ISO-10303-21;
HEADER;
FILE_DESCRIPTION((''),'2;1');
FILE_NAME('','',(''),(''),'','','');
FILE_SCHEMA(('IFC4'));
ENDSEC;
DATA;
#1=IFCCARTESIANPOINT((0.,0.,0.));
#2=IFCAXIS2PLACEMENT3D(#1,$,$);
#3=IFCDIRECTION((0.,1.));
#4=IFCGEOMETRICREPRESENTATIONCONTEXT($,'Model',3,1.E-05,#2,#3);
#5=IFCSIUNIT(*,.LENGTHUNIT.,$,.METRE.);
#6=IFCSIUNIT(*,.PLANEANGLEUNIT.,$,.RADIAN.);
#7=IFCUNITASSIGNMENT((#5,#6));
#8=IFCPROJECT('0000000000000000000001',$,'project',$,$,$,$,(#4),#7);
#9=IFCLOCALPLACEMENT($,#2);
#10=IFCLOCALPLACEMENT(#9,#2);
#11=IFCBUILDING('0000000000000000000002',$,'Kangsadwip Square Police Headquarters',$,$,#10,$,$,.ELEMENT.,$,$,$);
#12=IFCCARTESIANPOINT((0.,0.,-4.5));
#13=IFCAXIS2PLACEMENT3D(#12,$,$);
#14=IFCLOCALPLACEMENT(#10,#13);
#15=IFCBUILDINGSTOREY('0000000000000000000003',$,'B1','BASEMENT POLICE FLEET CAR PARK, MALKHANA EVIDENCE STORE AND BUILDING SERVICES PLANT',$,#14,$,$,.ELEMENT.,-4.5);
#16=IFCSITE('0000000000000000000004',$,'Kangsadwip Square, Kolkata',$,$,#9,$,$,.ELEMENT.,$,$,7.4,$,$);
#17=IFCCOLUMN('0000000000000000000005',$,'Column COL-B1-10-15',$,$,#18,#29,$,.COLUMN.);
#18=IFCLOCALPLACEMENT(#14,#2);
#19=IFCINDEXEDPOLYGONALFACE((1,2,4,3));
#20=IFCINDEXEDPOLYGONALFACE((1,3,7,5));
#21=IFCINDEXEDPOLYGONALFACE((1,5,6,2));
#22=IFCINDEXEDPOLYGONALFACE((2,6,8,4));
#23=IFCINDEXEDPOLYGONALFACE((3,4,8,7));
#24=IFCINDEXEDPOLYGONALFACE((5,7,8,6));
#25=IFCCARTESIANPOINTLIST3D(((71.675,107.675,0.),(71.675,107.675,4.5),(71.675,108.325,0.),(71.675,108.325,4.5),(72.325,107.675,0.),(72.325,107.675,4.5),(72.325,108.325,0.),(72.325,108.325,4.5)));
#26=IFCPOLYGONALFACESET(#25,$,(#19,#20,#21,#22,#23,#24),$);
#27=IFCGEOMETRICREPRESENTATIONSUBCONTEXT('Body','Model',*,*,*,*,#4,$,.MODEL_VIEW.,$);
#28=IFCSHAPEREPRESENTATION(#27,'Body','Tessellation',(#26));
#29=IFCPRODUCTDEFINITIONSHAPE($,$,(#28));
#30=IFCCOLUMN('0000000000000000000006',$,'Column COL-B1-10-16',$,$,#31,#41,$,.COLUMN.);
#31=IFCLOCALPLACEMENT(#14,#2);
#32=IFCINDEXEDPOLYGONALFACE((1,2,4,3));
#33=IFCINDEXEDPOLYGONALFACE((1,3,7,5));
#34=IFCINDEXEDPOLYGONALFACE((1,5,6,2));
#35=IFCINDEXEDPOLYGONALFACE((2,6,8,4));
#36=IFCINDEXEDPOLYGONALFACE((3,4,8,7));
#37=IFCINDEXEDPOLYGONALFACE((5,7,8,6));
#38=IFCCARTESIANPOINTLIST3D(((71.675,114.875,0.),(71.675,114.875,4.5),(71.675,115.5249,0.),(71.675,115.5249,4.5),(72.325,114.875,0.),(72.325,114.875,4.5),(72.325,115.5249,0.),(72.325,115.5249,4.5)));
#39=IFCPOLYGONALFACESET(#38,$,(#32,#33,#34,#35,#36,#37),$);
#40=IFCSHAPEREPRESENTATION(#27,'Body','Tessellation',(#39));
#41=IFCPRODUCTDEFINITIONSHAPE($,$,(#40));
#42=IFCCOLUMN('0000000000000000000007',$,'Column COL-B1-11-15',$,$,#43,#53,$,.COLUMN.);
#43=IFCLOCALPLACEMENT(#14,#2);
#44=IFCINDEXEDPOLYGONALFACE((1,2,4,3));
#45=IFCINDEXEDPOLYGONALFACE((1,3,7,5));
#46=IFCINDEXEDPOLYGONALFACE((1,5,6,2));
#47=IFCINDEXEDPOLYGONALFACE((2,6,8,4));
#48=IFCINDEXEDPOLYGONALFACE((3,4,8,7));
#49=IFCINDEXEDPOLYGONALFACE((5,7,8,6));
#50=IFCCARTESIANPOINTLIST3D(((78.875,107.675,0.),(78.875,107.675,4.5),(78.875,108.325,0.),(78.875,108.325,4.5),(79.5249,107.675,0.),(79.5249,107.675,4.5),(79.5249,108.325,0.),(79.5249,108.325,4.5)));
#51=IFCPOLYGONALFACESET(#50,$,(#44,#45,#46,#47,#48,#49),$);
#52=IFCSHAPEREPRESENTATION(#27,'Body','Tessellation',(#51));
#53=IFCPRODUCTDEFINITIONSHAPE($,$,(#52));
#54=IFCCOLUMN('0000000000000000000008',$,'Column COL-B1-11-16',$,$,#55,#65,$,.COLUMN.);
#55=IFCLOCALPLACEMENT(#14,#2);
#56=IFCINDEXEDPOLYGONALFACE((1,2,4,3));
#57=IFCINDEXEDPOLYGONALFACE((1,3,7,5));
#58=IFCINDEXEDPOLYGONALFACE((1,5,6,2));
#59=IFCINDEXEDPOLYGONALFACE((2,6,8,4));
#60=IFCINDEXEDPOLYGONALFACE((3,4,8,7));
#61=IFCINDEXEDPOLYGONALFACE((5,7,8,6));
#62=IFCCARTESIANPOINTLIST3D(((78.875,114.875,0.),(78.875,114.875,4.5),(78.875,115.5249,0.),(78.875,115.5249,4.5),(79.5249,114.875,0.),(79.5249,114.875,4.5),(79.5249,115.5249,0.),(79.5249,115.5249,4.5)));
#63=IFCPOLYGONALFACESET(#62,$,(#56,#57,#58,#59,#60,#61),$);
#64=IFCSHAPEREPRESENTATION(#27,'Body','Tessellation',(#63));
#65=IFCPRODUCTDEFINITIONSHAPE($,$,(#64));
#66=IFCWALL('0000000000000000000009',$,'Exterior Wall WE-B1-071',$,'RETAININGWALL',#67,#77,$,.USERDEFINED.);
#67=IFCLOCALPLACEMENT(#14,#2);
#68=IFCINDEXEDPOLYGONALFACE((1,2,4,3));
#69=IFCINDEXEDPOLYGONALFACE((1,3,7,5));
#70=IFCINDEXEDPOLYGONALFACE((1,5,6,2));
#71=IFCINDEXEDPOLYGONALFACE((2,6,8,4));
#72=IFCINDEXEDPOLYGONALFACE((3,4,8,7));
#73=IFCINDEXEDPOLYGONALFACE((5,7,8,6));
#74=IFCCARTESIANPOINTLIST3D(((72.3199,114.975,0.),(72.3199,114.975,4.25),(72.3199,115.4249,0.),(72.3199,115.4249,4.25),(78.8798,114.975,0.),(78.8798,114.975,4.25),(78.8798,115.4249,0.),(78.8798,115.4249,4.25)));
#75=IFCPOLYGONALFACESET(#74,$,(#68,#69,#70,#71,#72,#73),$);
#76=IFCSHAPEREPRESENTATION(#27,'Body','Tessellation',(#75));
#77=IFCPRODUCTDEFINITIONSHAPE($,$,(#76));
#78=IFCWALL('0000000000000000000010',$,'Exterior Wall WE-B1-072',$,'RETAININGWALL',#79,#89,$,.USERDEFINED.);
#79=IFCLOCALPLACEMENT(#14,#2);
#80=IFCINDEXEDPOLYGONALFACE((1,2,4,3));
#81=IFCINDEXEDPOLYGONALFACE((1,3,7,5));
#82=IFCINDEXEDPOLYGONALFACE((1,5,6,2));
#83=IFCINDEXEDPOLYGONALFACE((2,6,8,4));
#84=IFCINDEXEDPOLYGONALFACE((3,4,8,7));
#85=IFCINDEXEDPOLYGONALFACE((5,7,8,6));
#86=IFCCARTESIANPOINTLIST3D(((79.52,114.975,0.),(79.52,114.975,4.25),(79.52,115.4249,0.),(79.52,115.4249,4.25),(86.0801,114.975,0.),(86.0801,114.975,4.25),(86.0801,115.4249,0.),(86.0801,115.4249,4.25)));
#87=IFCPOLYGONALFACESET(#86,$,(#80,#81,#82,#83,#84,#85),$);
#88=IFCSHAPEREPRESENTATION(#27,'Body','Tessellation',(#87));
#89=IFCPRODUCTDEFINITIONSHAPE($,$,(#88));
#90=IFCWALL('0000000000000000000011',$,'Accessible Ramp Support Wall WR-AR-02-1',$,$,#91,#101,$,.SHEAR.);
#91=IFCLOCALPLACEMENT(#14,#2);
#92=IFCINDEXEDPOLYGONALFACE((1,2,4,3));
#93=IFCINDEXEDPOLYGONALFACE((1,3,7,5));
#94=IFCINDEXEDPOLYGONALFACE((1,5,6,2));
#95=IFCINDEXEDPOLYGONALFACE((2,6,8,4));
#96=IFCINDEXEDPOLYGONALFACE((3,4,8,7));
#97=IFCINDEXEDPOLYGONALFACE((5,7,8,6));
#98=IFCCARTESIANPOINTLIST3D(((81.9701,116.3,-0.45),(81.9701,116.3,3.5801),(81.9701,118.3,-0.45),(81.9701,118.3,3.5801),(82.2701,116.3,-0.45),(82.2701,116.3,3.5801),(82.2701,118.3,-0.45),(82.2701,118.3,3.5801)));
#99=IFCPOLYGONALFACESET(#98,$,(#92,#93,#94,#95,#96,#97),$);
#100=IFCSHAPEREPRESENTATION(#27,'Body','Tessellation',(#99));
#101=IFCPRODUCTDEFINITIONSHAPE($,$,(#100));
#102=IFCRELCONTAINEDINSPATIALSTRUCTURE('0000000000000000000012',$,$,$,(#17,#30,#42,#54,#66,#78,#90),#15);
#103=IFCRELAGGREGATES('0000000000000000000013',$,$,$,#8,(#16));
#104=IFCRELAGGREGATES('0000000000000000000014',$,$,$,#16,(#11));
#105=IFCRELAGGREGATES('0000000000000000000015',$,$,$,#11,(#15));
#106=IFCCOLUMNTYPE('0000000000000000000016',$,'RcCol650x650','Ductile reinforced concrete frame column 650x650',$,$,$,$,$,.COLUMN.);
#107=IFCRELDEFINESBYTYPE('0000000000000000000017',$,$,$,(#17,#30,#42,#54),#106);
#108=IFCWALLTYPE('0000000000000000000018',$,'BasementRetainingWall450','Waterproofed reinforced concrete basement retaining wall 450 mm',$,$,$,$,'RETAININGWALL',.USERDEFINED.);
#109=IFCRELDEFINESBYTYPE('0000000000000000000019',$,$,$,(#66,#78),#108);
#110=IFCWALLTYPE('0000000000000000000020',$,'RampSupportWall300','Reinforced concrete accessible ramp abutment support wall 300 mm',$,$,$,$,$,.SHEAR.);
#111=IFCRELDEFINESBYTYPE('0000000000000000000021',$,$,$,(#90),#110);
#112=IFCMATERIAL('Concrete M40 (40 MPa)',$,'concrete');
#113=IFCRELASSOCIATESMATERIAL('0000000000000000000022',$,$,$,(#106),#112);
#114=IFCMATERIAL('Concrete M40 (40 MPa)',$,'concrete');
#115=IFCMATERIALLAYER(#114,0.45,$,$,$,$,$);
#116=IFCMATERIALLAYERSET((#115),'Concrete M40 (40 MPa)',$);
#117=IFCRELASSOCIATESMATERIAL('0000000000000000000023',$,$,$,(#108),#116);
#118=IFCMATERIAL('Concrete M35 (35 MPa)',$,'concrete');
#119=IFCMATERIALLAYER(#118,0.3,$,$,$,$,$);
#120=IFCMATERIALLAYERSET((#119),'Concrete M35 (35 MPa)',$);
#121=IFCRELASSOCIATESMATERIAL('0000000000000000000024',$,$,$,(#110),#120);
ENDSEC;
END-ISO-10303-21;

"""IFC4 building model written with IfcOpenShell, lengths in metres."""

from ifc_helpers import new_model, si_unit, direction, frame, frame_2d, origin, origin_2d, place, context, subcontext, project, spatial, rectangle, extrude, material, layer, layer_set, material_profile, profile_set, type_object, element, save


model = new_model("IFC4")

# Units and contexts
model_context = context("Model", 3, precision=1e-05, world=origin(), true_north=direction((0.0, 1.0)))
body_context = subcontext(model_context, "Body", "Model", "MODEL_VIEW")
ifc_project = project(units=[si_unit("LENGTHUNIT", "METRE"), si_unit("PLANEANGLEUNIT", "RADIAN")], contexts=[model_context])

# Site, building, storey
site_placement = place(None, origin())
site = spatial("IfcSite", under=ifc_project, at=site_placement, Name="Kangsadwip Square, Kolkata", CompositionType="ELEMENT", RefElevation=7.4)
building_placement = place(site_placement, origin())
building = spatial("IfcBuilding", under=site, at=building_placement, Name="Kangsadwip Square Police Headquarters", CompositionType="ELEMENT")
storey_placement = place(building_placement, frame((0.0, 0.0, -4.5)))
storey = spatial("IfcBuildingStorey", under=building, at=storey_placement, Name="B1", Description="BASEMENT POLICE FLEET CAR PARK, MALKHANA EVIDENCE STORE AND BUILDING SERVICES PLANT", CompositionType="ELEMENT", Elevation=-4.5)

# Columns
ifc_material_1 = material(Name="Concrete M40 (40 MPa)", Category="concrete")
ifc_material_profile_1 = material_profile(ifc_material_1, rectangle(XDim=0.6499, YDim=0.6499, at=origin_2d()), Name="RC COL 650X650")
ifc_profile_set_1 = profile_set([ifc_material_profile_1], Name="Concrete M40 (40 MPa)")
column_type = type_object("IfcColumnType", Name="RcCol650x650", Description="Ductile reinforced concrete frame column 650x650", PredefinedType="COLUMN", material=ifc_profile_set_1)
for number, where, z_axis, x_axis, name in (
    (1, (72.0, 108.0, 0.0), (0.0, 0.0, 1.0), (1.0, 0.0, 0.0), "Column COL-B1-10-15"),
    (2, (72.0, 115.2, 0.0), (0.0, 0.0, 1.0), (1.0, 0.0, 0.0), "Column COL-B1-10-16"),
    (3, (79.2, 108.0, 0.0), (0.0, 0.0, 1.0), (1.0, 0.0, 0.0), "Column COL-B1-11-15"),
    (4, (79.2, 115.2, 0.0), (0.0, 0.0, 1.0), (1.0, 0.0, 0.0), "Column COL-B1-11-16"),
):
    element("IfcColumn", number, at=place(storey_placement, frame(where, z_axis=z_axis, x_axis=x_axis)), inside=storey, type_object=column_type, Name=name, PredefinedType="COLUMN", context=body_context, shape_type="SweptSolid", body=[
        extrude(rectangle(XDim=0.6499, YDim=0.6499, at=origin_2d()), origin(), (0.0, 0.0, 1.0), 4.5),
    ])

# Walls
ifc_material_2 = material(Name="Concrete M40 (40 MPa)", Category="concrete")
ifc_layer_1 = layer(ifc_material_2, 0.45)
ifc_layer_set_1 = layer_set([ifc_layer_1], Name="Concrete M40 (40 MPa)")
wall_type_1 = type_object("IfcWallType", Name="BasementRetainingWall450", Description="Waterproofed reinforced concrete basement retaining wall 450 mm", ElementType="RETAININGWALL", PredefinedType="USERDEFINED", material=ifc_layer_set_1)
wall_1_placement = place(storey_placement, frame((72.3201, 115.2, 0.0), z_axis=(0.0, 0.0, 1.0), x_axis=(1.0, 0.0, 0.0)))
element("IfcWall", 5, at=wall_1_placement, inside=storey, type_object=wall_type_1, Name="Exterior Wall WE-B1-071", ObjectType="RETAININGWALL", PredefinedType="USERDEFINED", context=body_context, shape_type="SweptSolid", body=[
    extrude(rectangle(XDim=6.5598, YDim=0.45, at=frame_2d((3.2798, 0.0))), origin(), (0.0, 0.0, 1.0), 4.25),
])
wall_2_placement = place(storey_placement, frame((79.52, 115.2, 0.0), z_axis=(0.0, 0.0, 1.0), x_axis=(1.0, 0.0, 0.0)))
element("IfcWall", 6, at=wall_2_placement, inside=storey, type_object=wall_type_1, Name="Exterior Wall WE-B1-072", ObjectType="RETAININGWALL", PredefinedType="USERDEFINED", context=body_context, shape_type="SweptSolid", body=[
    extrude(rectangle(XDim=6.5601, YDim=0.45, at=frame_2d((3.28, 0.0))), origin(), (0.0, 0.0, 1.0), 4.25),
])
ifc_material_3 = material(Name="Concrete M35 (35 MPa)", Category="concrete")
ifc_layer_2 = layer(ifc_material_3, 0.3)
ifc_layer_set_2 = layer_set([ifc_layer_2], Name="Concrete M35 (35 MPa)")
wall_type_2 = type_object("IfcWallType", Name="RampSupportWall300", Description="Reinforced concrete accessible ramp abutment support wall 300 mm", PredefinedType="SHEAR", material=ifc_layer_set_2)
wall_3_placement = place(storey_placement, frame((82.1201, 116.3, -0.45), z_axis=(0.0, 0.0, 1.0), x_axis=(0.0, 1.0, 0.0)))
element("IfcWall", 7, at=wall_3_placement, inside=storey, type_object=wall_type_2, Name="Accessible Ramp Support Wall WR-AR-02-1", PredefinedType="SHEAR", context=body_context, shape_type="SweptSolid", body=[
    extrude(rectangle(XDim=2.0, YDim=0.3, at=frame_2d((1.0, 0.0))), origin(), (0.0, 0.0, 1.0), 4.03),
])

save(model, "model.ifc")
